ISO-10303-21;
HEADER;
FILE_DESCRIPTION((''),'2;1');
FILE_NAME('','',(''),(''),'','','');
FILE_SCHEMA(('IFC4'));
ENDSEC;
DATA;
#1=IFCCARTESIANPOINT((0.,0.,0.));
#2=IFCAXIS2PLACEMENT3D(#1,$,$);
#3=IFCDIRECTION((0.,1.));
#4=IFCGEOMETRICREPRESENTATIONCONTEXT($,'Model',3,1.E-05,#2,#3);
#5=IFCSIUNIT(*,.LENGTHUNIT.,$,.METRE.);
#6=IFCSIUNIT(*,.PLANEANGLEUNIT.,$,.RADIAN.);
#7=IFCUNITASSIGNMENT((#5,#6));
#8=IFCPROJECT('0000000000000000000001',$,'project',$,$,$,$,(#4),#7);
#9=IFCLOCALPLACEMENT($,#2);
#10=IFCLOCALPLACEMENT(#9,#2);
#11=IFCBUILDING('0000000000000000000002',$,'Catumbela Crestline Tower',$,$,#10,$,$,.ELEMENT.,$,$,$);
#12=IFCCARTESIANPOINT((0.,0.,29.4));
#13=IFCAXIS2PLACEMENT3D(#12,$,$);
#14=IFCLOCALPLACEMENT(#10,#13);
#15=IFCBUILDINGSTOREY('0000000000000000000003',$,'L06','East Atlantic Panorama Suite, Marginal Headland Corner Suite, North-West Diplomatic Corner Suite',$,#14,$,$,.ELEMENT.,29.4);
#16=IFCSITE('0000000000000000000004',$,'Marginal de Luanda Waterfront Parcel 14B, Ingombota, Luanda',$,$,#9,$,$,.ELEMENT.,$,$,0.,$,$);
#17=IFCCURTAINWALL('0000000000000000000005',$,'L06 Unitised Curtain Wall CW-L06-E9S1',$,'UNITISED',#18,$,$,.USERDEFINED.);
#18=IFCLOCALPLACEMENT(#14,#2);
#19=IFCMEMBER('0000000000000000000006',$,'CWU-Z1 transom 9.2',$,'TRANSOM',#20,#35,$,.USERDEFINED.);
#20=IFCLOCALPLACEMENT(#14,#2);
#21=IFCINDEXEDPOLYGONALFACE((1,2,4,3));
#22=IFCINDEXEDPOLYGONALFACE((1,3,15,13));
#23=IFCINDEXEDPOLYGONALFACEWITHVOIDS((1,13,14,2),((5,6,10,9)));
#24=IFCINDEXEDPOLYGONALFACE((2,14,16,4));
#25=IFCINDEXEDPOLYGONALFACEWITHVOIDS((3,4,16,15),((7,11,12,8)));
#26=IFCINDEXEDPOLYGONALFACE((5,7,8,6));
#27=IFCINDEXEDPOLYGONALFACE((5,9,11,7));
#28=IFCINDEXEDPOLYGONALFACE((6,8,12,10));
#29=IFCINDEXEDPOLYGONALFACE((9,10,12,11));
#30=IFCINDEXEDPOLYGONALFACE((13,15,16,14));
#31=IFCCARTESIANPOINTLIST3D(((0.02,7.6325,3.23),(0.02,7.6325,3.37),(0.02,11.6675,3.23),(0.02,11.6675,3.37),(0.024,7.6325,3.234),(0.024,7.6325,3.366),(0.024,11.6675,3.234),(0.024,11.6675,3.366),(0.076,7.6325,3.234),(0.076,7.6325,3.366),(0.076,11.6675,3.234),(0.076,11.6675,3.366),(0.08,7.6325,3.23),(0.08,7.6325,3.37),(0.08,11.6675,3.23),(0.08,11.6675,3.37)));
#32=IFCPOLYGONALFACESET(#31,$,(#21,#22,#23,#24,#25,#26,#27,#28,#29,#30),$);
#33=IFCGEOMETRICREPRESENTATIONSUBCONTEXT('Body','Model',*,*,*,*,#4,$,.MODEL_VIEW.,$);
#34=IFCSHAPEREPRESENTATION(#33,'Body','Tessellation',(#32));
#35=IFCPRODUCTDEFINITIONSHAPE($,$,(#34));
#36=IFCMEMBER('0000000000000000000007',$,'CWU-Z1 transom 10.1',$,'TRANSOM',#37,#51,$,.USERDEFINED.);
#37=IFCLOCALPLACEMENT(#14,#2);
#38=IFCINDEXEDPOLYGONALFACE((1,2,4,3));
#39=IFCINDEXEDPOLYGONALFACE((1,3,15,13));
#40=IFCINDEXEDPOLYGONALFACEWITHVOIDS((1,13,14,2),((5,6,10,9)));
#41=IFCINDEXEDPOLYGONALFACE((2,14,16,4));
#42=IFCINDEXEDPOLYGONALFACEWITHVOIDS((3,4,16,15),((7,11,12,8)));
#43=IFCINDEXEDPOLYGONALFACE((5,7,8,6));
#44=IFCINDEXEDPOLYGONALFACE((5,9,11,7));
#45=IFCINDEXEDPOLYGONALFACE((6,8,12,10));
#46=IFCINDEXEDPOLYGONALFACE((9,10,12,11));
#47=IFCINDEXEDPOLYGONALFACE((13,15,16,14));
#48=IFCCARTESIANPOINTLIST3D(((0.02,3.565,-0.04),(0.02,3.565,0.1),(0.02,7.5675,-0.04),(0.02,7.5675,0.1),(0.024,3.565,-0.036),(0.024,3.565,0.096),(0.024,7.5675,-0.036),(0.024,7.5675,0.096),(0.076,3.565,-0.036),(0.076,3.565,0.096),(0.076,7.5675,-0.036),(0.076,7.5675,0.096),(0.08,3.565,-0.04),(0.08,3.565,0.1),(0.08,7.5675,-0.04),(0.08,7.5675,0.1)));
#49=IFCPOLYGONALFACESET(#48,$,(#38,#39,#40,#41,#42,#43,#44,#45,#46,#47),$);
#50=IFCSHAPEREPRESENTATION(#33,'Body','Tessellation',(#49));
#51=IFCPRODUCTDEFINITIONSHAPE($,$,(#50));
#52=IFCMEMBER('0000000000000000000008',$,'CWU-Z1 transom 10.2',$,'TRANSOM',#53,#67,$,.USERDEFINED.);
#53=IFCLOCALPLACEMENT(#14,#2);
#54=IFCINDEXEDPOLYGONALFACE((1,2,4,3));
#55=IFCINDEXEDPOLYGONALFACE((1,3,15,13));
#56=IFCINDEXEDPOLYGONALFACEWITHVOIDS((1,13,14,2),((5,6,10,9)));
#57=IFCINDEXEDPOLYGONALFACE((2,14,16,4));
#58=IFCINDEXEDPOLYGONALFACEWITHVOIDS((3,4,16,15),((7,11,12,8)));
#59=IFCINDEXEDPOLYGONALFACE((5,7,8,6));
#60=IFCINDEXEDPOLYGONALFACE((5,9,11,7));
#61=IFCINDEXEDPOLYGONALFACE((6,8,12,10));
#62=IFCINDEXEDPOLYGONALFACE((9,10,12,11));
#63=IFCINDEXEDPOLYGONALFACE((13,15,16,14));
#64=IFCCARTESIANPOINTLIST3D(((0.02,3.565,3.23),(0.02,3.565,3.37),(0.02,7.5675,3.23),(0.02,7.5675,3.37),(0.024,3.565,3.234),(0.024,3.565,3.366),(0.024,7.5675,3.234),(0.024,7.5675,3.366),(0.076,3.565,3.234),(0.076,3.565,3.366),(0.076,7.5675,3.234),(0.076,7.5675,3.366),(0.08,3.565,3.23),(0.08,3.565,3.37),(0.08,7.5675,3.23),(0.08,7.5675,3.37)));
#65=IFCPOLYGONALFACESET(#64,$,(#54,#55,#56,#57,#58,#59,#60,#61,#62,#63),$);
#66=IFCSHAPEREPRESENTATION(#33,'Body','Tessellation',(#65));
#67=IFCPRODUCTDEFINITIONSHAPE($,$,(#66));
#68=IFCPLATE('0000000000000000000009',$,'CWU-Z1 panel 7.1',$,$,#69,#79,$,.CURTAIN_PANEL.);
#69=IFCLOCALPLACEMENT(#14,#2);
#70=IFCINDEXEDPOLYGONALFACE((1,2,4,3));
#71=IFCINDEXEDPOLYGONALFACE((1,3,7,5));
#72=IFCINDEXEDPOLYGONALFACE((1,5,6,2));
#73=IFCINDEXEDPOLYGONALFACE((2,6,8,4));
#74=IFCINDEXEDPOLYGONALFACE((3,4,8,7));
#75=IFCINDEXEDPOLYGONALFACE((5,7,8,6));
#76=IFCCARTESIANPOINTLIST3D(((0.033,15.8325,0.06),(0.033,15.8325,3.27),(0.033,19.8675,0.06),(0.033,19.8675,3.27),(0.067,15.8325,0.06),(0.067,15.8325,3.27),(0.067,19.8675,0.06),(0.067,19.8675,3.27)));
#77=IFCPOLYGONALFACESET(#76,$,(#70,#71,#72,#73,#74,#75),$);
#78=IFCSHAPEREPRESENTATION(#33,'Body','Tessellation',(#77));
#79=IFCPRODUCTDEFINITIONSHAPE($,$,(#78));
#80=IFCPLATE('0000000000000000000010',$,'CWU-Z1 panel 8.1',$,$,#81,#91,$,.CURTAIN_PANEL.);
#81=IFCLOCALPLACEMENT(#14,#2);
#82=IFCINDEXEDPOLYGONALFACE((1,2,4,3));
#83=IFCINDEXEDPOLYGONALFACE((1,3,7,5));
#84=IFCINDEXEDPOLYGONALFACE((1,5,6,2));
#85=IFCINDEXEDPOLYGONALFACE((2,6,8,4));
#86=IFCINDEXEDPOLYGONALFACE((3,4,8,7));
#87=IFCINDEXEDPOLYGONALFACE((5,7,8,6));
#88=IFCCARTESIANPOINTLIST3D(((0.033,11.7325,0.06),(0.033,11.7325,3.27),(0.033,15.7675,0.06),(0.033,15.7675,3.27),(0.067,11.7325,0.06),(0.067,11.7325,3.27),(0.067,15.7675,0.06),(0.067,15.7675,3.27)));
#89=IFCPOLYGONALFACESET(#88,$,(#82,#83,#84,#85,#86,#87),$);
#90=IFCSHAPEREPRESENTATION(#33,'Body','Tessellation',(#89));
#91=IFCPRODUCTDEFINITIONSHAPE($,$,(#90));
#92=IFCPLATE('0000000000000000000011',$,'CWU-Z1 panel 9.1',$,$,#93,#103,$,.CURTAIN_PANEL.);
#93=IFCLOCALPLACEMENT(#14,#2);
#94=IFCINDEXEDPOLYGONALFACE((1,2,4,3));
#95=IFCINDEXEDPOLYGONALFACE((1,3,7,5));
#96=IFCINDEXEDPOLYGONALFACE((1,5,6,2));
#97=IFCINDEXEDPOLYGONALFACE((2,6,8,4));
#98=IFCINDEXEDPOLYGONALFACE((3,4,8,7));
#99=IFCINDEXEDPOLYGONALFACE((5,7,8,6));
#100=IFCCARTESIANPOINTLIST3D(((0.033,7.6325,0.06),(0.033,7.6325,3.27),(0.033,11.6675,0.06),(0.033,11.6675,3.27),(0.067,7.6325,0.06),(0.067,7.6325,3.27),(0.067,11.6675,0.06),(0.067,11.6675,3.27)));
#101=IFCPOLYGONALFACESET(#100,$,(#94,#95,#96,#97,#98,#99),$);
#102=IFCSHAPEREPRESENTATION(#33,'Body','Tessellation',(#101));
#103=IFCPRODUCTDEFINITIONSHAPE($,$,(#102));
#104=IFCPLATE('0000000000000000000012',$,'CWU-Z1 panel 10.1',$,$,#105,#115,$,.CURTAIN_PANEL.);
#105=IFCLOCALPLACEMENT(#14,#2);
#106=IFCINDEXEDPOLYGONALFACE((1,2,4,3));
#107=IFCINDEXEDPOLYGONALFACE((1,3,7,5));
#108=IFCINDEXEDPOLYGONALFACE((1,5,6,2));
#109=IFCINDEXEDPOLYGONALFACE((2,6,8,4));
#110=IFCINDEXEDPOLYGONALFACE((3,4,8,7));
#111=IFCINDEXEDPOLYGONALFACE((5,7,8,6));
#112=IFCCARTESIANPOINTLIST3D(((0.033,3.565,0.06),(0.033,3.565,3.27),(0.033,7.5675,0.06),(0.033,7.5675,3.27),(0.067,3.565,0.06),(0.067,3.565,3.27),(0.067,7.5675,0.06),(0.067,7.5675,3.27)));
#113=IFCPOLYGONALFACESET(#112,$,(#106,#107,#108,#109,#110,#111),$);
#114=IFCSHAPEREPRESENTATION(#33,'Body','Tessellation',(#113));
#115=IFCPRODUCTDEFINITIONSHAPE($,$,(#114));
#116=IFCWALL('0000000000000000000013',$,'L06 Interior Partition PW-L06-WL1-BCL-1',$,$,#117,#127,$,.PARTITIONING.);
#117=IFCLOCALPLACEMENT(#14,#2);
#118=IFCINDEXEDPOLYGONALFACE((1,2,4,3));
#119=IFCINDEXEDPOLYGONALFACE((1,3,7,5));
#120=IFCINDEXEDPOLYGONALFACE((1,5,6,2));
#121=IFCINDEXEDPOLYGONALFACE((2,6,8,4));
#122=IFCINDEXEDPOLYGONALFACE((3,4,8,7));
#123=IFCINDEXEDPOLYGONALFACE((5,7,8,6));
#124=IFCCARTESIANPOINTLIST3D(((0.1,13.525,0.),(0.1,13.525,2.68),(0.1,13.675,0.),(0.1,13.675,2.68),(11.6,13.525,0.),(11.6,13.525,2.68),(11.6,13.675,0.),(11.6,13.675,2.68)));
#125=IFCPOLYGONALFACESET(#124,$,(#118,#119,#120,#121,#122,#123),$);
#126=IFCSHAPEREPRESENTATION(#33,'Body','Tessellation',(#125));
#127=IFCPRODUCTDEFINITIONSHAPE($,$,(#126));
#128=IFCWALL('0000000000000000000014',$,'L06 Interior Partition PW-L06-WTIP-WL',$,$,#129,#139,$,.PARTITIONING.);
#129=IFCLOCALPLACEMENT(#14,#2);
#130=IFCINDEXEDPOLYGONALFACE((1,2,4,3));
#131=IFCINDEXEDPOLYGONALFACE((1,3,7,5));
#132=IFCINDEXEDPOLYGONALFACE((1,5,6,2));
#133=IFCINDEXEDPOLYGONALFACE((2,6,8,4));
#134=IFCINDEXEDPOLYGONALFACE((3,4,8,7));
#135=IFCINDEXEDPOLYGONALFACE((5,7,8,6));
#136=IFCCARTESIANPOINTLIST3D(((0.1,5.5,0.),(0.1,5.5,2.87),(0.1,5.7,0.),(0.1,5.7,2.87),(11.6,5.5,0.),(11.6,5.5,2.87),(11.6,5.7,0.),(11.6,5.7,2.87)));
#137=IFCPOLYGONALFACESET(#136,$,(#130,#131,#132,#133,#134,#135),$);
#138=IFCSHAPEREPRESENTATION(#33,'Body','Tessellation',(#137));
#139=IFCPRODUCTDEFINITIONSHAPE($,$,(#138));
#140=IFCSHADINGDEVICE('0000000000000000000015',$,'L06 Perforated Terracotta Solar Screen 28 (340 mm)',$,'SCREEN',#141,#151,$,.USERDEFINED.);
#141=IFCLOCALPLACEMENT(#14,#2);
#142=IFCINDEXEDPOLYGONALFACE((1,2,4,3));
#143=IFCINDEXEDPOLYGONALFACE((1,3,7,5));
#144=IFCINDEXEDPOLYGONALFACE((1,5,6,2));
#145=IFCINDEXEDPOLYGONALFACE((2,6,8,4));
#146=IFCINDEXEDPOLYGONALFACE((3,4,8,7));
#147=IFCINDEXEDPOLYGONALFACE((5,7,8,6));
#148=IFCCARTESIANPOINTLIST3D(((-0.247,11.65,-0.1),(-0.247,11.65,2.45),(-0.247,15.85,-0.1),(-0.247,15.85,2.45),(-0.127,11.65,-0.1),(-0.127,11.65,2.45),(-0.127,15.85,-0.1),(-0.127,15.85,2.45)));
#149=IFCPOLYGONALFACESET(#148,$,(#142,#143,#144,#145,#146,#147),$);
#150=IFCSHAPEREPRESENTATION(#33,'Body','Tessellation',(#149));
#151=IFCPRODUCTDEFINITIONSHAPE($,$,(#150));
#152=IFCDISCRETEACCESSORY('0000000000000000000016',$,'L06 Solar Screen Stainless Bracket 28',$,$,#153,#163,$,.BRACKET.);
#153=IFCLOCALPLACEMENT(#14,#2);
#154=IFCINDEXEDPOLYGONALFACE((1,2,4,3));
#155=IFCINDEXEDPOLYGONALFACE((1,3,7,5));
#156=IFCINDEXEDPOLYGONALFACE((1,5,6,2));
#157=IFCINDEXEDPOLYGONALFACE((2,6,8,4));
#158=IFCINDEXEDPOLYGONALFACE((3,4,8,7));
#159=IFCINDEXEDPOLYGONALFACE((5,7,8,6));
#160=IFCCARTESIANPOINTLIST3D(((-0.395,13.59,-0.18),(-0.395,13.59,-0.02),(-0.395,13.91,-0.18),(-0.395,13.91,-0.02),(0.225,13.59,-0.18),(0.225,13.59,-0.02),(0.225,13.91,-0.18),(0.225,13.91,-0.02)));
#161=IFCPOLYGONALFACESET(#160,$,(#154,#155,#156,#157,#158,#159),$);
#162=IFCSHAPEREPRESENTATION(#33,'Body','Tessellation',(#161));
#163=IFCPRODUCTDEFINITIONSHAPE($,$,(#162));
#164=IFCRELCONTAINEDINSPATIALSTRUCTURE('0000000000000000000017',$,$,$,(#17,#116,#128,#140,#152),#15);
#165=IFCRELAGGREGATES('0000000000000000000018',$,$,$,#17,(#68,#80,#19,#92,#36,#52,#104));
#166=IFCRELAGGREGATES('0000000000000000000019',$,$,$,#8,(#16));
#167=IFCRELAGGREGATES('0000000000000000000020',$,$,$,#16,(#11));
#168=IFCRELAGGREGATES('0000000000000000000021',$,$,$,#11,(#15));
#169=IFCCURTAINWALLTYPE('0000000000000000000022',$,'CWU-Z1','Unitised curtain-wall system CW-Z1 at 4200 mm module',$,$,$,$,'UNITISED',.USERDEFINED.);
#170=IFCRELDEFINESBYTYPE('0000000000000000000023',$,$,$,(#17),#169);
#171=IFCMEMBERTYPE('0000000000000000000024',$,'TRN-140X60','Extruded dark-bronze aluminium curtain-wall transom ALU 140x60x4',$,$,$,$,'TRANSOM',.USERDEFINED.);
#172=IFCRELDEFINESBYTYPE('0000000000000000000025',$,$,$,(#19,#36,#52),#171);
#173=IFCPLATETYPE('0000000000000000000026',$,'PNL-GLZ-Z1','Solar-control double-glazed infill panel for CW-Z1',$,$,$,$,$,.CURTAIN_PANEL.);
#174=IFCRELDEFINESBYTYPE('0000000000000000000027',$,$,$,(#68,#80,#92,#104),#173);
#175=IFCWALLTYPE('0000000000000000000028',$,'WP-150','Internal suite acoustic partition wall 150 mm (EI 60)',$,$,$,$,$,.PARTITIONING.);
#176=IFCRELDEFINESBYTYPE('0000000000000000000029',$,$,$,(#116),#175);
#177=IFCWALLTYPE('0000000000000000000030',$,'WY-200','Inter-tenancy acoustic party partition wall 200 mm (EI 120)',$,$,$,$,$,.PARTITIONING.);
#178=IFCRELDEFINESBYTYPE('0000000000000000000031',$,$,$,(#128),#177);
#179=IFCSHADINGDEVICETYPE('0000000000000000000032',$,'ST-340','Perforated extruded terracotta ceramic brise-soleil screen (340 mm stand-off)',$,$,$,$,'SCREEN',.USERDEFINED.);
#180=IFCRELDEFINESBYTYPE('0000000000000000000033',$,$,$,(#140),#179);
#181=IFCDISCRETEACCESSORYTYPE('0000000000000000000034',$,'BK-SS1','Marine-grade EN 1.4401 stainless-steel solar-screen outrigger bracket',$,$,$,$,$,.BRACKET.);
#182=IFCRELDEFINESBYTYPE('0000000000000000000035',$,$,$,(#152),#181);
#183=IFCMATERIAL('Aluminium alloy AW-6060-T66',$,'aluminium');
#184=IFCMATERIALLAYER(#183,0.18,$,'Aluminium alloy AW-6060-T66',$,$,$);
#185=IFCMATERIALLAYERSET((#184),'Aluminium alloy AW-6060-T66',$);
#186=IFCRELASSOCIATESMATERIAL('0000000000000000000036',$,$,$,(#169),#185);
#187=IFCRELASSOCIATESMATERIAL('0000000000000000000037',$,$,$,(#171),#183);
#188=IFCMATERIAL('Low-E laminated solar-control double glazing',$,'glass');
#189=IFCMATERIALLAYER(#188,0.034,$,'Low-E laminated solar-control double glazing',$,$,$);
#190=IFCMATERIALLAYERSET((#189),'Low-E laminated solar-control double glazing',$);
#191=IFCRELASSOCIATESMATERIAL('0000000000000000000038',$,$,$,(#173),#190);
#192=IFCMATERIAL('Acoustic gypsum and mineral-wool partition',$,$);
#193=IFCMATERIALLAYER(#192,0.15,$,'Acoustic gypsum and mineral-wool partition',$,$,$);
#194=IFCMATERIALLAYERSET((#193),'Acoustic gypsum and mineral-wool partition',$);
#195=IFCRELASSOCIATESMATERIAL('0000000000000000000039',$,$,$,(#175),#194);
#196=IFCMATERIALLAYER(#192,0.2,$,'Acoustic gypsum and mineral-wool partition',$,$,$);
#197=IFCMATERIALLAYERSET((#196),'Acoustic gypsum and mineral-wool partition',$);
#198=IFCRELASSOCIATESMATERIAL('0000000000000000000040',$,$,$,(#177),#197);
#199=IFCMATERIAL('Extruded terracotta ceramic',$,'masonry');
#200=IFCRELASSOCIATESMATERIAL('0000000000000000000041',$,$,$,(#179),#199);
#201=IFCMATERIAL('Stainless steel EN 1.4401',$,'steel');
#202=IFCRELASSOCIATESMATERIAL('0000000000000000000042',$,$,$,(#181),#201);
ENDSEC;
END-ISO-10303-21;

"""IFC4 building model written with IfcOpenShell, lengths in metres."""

from ifc_helpers import new_model, si_unit, direction, frame, frame_2d, origin, origin_2d, place, context, subcontext, project, spatial, rectangle, hollow_rectangle, extrude, material, layer, layer_set, material_profile, profile_set, type_object, element, aggregate, save


model = new_model("IFC4")

# Units and contexts
model_context = context("Model", 3, precision=1e-05, world=origin(), true_north=direction((0.0, 1.0)))
body_context = subcontext(model_context, "Body", "Model", "MODEL_VIEW")
ifc_project = project(units=[si_unit("LENGTHUNIT", "METRE"), si_unit("PLANEANGLEUNIT", "RADIAN")], contexts=[model_context])

# Site, building, storey
site_placement = place(None, origin())
site = spatial("IfcSite", under=ifc_project, at=site_placement, Name="Marginal de Luanda Waterfront Parcel 14B, Ingombota, Luanda", CompositionType="ELEMENT", RefElevation=0.0)
building_placement = place(site_placement, origin())
building = spatial("IfcBuilding", under=site, at=building_placement, Name="Catumbela Crestline Tower", CompositionType="ELEMENT")
storey_placement = place(building_placement, frame((0.0, 0.0, 29.4)))
storey = spatial("IfcBuildingStorey", under=building, at=storey_placement, Name="L06", Description="East Atlantic Panorama Suite, Marginal Headland Corner Suite, North-West Diplomatic Corner Suite", CompositionType="ELEMENT", Elevation=29.4)

# Curtain wall
ifc_material_1 = material(Name="Aluminium alloy AW-6060-T66", Category="aluminium")
ifc_layer_1 = layer(ifc_material_1, 0.18, Name="Aluminium alloy AW-6060-T66")
ifc_layer_set_1 = layer_set([ifc_layer_1], Name="Aluminium alloy AW-6060-T66")
curtain_wall_type = type_object("IfcCurtainWallType", Name="CWU-Z1", Description="Unitised curtain-wall system CW-Z1 at 4200 mm module", ElementType="UNITISED", PredefinedType="USERDEFINED", material=ifc_layer_set_1)
curtain_wall_placement = place(storey_placement, origin())
curtain_wall = element("IfcCurtainWall", 1, at=curtain_wall_placement, inside=storey, type_object=curtain_wall_type, Name="L06 Unitised Curtain Wall CW-L06-E9S1", ObjectType="UNITISED", PredefinedType="USERDEFINED")

# Members
ifc_material_profile_1 = material_profile(ifc_material_1, hollow_rectangle(XDim=0.06, YDim=0.14, WallThickness=0.004, at=origin_2d()), Name="ALU 140x60x4")
ifc_profile_set_1 = profile_set([ifc_material_profile_1], Name="Aluminium alloy AW-6060-T66")
member_type_1 = type_object("IfcMemberType", Name="TRN-140X60", Description="Extruded dark-bronze aluminium curtain-wall transom ALU 140x60x4", ElementType="TRANSOM", PredefinedType="USERDEFINED", material=ifc_profile_set_1)
member_1_placement = place(storey_placement, frame((0.05, 11.6675, 3.3), z_axis=(0.0, -1.0, 0.0), x_axis=(1.0, 0.0, 0.0)))
member_1 = element("IfcMember", 2, at=member_1_placement, type_object=member_type_1, Name="CWU-Z1 transom 9.2", ObjectType="TRANSOM", PredefinedType="USERDEFINED", context=body_context, shape_type="SweptSolid", body=[
    extrude(hollow_rectangle(XDim=0.06, YDim=0.14, WallThickness=0.004, at=origin_2d()), origin(), (0.0, 0.0, 1.0), 4.035),
])
member_2_placement = place(storey_placement, frame((0.05, 7.5675, 0.03), z_axis=(0.0, -1.0, 0.0), x_axis=(1.0, 0.0, 0.0)))
member_2 = element("IfcMember", 3, at=member_2_placement, type_object=member_type_1, Name="CWU-Z1 transom 10.1", ObjectType="TRANSOM", PredefinedType="USERDEFINED", context=body_context, shape_type="SweptSolid", body=[
    extrude(hollow_rectangle(XDim=0.06, YDim=0.14, WallThickness=0.004, at=origin_2d()), origin(), (0.0, 0.0, 1.0), 4.0025),
])
member_3_placement = place(storey_placement, frame((0.05, 7.5675, 3.3), z_axis=(0.0, -1.0, 0.0), x_axis=(1.0, 0.0, 0.0)))
member_3 = element("IfcMember", 4, at=member_3_placement, type_object=member_type_1, Name="CWU-Z1 transom 10.2", ObjectType="TRANSOM", PredefinedType="USERDEFINED", context=body_context, shape_type="SweptSolid", body=[
    extrude(hollow_rectangle(XDim=0.06, YDim=0.14, WallThickness=0.004, at=origin_2d()), origin(), (0.0, 0.0, 1.0), 4.0025),
])

# Plates
ifc_material_2 = material(Name="Low-E laminated solar-control double glazing", Category="glass")
ifc_layer_2 = layer(ifc_material_2, 0.034, Name="Low-E laminated solar-control double glazing")
ifc_layer_set_2 = layer_set([ifc_layer_2], Name="Low-E laminated solar-control double glazing")
plate_type = type_object("IfcPlateType", Name="PNL-GLZ-Z1", Description="Solar-control double-glazed infill panel for CW-Z1", PredefinedType="CURTAIN_PANEL", material=ifc_layer_set_2)
plate_1_placement = place(storey_placement, frame((0.05, 17.85, 0.06), z_axis=(0.0, 0.0, 1.0), x_axis=(0.0, -1.0, 0.0)))
plate_1 = element("IfcPlate", 5, at=plate_1_placement, type_object=plate_type, Name="CWU-Z1 panel 7.1", PredefinedType="CURTAIN_PANEL", context=body_context, shape_type="SweptSolid", body=[
    extrude(rectangle(XDim=4.035, YDim=0.034, at=origin_2d()), origin(), (0.0, 0.0, 1.0), 3.21),
])
plate_2_placement = place(storey_placement, frame((0.05, 13.75, 0.06), z_axis=(0.0, 0.0, 1.0), x_axis=(0.0, -1.0, 0.0)))
plate_2 = element("IfcPlate", 6, at=plate_2_placement, type_object=plate_type, Name="CWU-Z1 panel 8.1", PredefinedType="CURTAIN_PANEL", context=body_context, shape_type="SweptSolid", body=[
    extrude(rectangle(XDim=4.035, YDim=0.034, at=origin_2d()), origin(), (0.0, 0.0, 1.0), 3.21),
])
plate_3_placement = place(storey_placement, frame((0.05, 9.65, 0.06), z_axis=(0.0, 0.0, 1.0), x_axis=(0.0, -1.0, 0.0)))
plate_3 = element("IfcPlate", 7, at=plate_3_placement, type_object=plate_type, Name="CWU-Z1 panel 9.1", PredefinedType="CURTAIN_PANEL", context=body_context, shape_type="SweptSolid", body=[
    extrude(rectangle(XDim=4.035, YDim=0.034, at=origin_2d()), origin(), (0.0, 0.0, 1.0), 3.21),
])
plate_4_placement = place(storey_placement, frame((0.05, 5.5662, 0.06), z_axis=(0.0, 0.0, 1.0), x_axis=(0.0, -1.0, 0.0)))
plate_4 = element("IfcPlate", 8, at=plate_4_placement, type_object=plate_type, Name="CWU-Z1 panel 10.1", PredefinedType="CURTAIN_PANEL", context=body_context, shape_type="SweptSolid", body=[
    extrude(rectangle(XDim=4.0025, YDim=0.034, at=origin_2d()), origin(), (0.0, 0.0, 1.0), 3.21),
])
aggregate(curtain_wall, [plate_1, plate_2, member_1, plate_3, member_2, member_3, plate_4])

# Walls
ifc_material_3 = material(Name="Acoustic gypsum and mineral-wool partition")
ifc_layer_3 = layer(ifc_material_3, 0.15, Name="Acoustic gypsum and mineral-wool partition")
ifc_layer_set_3 = layer_set([ifc_layer_3], Name="Acoustic gypsum and mineral-wool partition")
wall_type_1 = type_object("IfcWallType", Name="WP-150", Description="Internal suite acoustic partition wall 150 mm (EI 60)", PredefinedType="PARTITIONING", material=ifc_layer_set_3)
wall_1_placement = place(storey_placement, frame((0.1, 13.6, 0.0), z_axis=(0.0, 0.0, 1.0), x_axis=(1.0, 0.0, 0.0)))
element("IfcWall", 9, at=wall_1_placement, inside=storey, type_object=wall_type_1, Name="L06 Interior Partition PW-L06-WL1-BCL-1", PredefinedType="PARTITIONING", context=body_context, shape_type="SweptSolid", body=[
    extrude(rectangle(XDim=11.5, YDim=0.15, at=frame_2d((5.75, 0.0))), origin(), (0.0, 0.0, 1.0), 2.68),
])
ifc_layer_4 = layer(ifc_material_3, 0.2, Name="Acoustic gypsum and mineral-wool partition")
ifc_layer_set_4 = layer_set([ifc_layer_4], Name="Acoustic gypsum and mineral-wool partition")
wall_type_2 = type_object("IfcWallType", Name="WY-200", Description="Inter-tenancy acoustic party partition wall 200 mm (EI 120)", PredefinedType="PARTITIONING", material=ifc_layer_set_4)
wall_2_placement = place(storey_placement, frame((0.1, 5.6, 0.0), z_axis=(0.0, 0.0, 1.0), x_axis=(1.0, 0.0, 0.0)))
element("IfcWall", 10, at=wall_2_placement, inside=storey, type_object=wall_type_2, Name="L06 Interior Partition PW-L06-WTIP-WL", PredefinedType="PARTITIONING", context=body_context, shape_type="SweptSolid", body=[
    extrude(rectangle(XDim=11.5, YDim=0.2, at=frame_2d((5.75, 0.0))), origin(), (0.0, 0.0, 1.0), 2.87),
])

# Shading device
ifc_material_4 = material(Name="Extruded terracotta ceramic", Category="masonry")
shading_device_type = type_object("IfcShadingDeviceType", Name="ST-340", Description="Perforated extruded terracotta ceramic brise-soleil screen (340 mm stand-off)", ElementType="SCREEN", PredefinedType="USERDEFINED", material=ifc_material_4)
shading_device_placement = place(storey_placement, frame((-0.187, 13.75, -0.1), z_axis=(0.0, 0.0, 1.0), x_axis=(0.0, -1.0, 0.0)))
element("IfcShadingDevice", 11, at=shading_device_placement, inside=storey, type_object=shading_device_type, Name="L06 Perforated Terracotta Solar Screen 28 (340 mm)", ObjectType="SCREEN", PredefinedType="USERDEFINED", context=body_context, shape_type="SweptSolid", body=[
    extrude(rectangle(XDim=4.2, YDim=0.12, at=origin_2d()), origin(), (0.0, 0.0, 1.0), 2.55),
])

# Discrete accessory
ifc_material_5 = material(Name="Stainless steel EN 1.4401", Category="steel")
discrete_accessory_type = type_object("IfcDiscreteAccessoryType", Name="BK-SS1", Description="Marine-grade EN 1.4401 stainless-steel solar-screen outrigger bracket", PredefinedType="BRACKET", material=ifc_material_5)
discrete_accessory_placement = place(storey_placement, frame((-0.085, 13.75, -0.18), z_axis=(0.0, 0.0, 1.0), x_axis=(0.0, -1.0, 0.0)))
element("IfcDiscreteAccessory", 12, at=discrete_accessory_placement, inside=storey, type_object=discrete_accessory_type, Name="L06 Solar Screen Stainless Bracket 28", PredefinedType="BRACKET", context=body_context, shape_type="SweptSolid", body=[
    extrude(rectangle(XDim=0.32, YDim=0.62, at=origin_2d()), origin(), (0.0, 0.0, 1.0), 0.16),
])

save(model, "model.ifc")
